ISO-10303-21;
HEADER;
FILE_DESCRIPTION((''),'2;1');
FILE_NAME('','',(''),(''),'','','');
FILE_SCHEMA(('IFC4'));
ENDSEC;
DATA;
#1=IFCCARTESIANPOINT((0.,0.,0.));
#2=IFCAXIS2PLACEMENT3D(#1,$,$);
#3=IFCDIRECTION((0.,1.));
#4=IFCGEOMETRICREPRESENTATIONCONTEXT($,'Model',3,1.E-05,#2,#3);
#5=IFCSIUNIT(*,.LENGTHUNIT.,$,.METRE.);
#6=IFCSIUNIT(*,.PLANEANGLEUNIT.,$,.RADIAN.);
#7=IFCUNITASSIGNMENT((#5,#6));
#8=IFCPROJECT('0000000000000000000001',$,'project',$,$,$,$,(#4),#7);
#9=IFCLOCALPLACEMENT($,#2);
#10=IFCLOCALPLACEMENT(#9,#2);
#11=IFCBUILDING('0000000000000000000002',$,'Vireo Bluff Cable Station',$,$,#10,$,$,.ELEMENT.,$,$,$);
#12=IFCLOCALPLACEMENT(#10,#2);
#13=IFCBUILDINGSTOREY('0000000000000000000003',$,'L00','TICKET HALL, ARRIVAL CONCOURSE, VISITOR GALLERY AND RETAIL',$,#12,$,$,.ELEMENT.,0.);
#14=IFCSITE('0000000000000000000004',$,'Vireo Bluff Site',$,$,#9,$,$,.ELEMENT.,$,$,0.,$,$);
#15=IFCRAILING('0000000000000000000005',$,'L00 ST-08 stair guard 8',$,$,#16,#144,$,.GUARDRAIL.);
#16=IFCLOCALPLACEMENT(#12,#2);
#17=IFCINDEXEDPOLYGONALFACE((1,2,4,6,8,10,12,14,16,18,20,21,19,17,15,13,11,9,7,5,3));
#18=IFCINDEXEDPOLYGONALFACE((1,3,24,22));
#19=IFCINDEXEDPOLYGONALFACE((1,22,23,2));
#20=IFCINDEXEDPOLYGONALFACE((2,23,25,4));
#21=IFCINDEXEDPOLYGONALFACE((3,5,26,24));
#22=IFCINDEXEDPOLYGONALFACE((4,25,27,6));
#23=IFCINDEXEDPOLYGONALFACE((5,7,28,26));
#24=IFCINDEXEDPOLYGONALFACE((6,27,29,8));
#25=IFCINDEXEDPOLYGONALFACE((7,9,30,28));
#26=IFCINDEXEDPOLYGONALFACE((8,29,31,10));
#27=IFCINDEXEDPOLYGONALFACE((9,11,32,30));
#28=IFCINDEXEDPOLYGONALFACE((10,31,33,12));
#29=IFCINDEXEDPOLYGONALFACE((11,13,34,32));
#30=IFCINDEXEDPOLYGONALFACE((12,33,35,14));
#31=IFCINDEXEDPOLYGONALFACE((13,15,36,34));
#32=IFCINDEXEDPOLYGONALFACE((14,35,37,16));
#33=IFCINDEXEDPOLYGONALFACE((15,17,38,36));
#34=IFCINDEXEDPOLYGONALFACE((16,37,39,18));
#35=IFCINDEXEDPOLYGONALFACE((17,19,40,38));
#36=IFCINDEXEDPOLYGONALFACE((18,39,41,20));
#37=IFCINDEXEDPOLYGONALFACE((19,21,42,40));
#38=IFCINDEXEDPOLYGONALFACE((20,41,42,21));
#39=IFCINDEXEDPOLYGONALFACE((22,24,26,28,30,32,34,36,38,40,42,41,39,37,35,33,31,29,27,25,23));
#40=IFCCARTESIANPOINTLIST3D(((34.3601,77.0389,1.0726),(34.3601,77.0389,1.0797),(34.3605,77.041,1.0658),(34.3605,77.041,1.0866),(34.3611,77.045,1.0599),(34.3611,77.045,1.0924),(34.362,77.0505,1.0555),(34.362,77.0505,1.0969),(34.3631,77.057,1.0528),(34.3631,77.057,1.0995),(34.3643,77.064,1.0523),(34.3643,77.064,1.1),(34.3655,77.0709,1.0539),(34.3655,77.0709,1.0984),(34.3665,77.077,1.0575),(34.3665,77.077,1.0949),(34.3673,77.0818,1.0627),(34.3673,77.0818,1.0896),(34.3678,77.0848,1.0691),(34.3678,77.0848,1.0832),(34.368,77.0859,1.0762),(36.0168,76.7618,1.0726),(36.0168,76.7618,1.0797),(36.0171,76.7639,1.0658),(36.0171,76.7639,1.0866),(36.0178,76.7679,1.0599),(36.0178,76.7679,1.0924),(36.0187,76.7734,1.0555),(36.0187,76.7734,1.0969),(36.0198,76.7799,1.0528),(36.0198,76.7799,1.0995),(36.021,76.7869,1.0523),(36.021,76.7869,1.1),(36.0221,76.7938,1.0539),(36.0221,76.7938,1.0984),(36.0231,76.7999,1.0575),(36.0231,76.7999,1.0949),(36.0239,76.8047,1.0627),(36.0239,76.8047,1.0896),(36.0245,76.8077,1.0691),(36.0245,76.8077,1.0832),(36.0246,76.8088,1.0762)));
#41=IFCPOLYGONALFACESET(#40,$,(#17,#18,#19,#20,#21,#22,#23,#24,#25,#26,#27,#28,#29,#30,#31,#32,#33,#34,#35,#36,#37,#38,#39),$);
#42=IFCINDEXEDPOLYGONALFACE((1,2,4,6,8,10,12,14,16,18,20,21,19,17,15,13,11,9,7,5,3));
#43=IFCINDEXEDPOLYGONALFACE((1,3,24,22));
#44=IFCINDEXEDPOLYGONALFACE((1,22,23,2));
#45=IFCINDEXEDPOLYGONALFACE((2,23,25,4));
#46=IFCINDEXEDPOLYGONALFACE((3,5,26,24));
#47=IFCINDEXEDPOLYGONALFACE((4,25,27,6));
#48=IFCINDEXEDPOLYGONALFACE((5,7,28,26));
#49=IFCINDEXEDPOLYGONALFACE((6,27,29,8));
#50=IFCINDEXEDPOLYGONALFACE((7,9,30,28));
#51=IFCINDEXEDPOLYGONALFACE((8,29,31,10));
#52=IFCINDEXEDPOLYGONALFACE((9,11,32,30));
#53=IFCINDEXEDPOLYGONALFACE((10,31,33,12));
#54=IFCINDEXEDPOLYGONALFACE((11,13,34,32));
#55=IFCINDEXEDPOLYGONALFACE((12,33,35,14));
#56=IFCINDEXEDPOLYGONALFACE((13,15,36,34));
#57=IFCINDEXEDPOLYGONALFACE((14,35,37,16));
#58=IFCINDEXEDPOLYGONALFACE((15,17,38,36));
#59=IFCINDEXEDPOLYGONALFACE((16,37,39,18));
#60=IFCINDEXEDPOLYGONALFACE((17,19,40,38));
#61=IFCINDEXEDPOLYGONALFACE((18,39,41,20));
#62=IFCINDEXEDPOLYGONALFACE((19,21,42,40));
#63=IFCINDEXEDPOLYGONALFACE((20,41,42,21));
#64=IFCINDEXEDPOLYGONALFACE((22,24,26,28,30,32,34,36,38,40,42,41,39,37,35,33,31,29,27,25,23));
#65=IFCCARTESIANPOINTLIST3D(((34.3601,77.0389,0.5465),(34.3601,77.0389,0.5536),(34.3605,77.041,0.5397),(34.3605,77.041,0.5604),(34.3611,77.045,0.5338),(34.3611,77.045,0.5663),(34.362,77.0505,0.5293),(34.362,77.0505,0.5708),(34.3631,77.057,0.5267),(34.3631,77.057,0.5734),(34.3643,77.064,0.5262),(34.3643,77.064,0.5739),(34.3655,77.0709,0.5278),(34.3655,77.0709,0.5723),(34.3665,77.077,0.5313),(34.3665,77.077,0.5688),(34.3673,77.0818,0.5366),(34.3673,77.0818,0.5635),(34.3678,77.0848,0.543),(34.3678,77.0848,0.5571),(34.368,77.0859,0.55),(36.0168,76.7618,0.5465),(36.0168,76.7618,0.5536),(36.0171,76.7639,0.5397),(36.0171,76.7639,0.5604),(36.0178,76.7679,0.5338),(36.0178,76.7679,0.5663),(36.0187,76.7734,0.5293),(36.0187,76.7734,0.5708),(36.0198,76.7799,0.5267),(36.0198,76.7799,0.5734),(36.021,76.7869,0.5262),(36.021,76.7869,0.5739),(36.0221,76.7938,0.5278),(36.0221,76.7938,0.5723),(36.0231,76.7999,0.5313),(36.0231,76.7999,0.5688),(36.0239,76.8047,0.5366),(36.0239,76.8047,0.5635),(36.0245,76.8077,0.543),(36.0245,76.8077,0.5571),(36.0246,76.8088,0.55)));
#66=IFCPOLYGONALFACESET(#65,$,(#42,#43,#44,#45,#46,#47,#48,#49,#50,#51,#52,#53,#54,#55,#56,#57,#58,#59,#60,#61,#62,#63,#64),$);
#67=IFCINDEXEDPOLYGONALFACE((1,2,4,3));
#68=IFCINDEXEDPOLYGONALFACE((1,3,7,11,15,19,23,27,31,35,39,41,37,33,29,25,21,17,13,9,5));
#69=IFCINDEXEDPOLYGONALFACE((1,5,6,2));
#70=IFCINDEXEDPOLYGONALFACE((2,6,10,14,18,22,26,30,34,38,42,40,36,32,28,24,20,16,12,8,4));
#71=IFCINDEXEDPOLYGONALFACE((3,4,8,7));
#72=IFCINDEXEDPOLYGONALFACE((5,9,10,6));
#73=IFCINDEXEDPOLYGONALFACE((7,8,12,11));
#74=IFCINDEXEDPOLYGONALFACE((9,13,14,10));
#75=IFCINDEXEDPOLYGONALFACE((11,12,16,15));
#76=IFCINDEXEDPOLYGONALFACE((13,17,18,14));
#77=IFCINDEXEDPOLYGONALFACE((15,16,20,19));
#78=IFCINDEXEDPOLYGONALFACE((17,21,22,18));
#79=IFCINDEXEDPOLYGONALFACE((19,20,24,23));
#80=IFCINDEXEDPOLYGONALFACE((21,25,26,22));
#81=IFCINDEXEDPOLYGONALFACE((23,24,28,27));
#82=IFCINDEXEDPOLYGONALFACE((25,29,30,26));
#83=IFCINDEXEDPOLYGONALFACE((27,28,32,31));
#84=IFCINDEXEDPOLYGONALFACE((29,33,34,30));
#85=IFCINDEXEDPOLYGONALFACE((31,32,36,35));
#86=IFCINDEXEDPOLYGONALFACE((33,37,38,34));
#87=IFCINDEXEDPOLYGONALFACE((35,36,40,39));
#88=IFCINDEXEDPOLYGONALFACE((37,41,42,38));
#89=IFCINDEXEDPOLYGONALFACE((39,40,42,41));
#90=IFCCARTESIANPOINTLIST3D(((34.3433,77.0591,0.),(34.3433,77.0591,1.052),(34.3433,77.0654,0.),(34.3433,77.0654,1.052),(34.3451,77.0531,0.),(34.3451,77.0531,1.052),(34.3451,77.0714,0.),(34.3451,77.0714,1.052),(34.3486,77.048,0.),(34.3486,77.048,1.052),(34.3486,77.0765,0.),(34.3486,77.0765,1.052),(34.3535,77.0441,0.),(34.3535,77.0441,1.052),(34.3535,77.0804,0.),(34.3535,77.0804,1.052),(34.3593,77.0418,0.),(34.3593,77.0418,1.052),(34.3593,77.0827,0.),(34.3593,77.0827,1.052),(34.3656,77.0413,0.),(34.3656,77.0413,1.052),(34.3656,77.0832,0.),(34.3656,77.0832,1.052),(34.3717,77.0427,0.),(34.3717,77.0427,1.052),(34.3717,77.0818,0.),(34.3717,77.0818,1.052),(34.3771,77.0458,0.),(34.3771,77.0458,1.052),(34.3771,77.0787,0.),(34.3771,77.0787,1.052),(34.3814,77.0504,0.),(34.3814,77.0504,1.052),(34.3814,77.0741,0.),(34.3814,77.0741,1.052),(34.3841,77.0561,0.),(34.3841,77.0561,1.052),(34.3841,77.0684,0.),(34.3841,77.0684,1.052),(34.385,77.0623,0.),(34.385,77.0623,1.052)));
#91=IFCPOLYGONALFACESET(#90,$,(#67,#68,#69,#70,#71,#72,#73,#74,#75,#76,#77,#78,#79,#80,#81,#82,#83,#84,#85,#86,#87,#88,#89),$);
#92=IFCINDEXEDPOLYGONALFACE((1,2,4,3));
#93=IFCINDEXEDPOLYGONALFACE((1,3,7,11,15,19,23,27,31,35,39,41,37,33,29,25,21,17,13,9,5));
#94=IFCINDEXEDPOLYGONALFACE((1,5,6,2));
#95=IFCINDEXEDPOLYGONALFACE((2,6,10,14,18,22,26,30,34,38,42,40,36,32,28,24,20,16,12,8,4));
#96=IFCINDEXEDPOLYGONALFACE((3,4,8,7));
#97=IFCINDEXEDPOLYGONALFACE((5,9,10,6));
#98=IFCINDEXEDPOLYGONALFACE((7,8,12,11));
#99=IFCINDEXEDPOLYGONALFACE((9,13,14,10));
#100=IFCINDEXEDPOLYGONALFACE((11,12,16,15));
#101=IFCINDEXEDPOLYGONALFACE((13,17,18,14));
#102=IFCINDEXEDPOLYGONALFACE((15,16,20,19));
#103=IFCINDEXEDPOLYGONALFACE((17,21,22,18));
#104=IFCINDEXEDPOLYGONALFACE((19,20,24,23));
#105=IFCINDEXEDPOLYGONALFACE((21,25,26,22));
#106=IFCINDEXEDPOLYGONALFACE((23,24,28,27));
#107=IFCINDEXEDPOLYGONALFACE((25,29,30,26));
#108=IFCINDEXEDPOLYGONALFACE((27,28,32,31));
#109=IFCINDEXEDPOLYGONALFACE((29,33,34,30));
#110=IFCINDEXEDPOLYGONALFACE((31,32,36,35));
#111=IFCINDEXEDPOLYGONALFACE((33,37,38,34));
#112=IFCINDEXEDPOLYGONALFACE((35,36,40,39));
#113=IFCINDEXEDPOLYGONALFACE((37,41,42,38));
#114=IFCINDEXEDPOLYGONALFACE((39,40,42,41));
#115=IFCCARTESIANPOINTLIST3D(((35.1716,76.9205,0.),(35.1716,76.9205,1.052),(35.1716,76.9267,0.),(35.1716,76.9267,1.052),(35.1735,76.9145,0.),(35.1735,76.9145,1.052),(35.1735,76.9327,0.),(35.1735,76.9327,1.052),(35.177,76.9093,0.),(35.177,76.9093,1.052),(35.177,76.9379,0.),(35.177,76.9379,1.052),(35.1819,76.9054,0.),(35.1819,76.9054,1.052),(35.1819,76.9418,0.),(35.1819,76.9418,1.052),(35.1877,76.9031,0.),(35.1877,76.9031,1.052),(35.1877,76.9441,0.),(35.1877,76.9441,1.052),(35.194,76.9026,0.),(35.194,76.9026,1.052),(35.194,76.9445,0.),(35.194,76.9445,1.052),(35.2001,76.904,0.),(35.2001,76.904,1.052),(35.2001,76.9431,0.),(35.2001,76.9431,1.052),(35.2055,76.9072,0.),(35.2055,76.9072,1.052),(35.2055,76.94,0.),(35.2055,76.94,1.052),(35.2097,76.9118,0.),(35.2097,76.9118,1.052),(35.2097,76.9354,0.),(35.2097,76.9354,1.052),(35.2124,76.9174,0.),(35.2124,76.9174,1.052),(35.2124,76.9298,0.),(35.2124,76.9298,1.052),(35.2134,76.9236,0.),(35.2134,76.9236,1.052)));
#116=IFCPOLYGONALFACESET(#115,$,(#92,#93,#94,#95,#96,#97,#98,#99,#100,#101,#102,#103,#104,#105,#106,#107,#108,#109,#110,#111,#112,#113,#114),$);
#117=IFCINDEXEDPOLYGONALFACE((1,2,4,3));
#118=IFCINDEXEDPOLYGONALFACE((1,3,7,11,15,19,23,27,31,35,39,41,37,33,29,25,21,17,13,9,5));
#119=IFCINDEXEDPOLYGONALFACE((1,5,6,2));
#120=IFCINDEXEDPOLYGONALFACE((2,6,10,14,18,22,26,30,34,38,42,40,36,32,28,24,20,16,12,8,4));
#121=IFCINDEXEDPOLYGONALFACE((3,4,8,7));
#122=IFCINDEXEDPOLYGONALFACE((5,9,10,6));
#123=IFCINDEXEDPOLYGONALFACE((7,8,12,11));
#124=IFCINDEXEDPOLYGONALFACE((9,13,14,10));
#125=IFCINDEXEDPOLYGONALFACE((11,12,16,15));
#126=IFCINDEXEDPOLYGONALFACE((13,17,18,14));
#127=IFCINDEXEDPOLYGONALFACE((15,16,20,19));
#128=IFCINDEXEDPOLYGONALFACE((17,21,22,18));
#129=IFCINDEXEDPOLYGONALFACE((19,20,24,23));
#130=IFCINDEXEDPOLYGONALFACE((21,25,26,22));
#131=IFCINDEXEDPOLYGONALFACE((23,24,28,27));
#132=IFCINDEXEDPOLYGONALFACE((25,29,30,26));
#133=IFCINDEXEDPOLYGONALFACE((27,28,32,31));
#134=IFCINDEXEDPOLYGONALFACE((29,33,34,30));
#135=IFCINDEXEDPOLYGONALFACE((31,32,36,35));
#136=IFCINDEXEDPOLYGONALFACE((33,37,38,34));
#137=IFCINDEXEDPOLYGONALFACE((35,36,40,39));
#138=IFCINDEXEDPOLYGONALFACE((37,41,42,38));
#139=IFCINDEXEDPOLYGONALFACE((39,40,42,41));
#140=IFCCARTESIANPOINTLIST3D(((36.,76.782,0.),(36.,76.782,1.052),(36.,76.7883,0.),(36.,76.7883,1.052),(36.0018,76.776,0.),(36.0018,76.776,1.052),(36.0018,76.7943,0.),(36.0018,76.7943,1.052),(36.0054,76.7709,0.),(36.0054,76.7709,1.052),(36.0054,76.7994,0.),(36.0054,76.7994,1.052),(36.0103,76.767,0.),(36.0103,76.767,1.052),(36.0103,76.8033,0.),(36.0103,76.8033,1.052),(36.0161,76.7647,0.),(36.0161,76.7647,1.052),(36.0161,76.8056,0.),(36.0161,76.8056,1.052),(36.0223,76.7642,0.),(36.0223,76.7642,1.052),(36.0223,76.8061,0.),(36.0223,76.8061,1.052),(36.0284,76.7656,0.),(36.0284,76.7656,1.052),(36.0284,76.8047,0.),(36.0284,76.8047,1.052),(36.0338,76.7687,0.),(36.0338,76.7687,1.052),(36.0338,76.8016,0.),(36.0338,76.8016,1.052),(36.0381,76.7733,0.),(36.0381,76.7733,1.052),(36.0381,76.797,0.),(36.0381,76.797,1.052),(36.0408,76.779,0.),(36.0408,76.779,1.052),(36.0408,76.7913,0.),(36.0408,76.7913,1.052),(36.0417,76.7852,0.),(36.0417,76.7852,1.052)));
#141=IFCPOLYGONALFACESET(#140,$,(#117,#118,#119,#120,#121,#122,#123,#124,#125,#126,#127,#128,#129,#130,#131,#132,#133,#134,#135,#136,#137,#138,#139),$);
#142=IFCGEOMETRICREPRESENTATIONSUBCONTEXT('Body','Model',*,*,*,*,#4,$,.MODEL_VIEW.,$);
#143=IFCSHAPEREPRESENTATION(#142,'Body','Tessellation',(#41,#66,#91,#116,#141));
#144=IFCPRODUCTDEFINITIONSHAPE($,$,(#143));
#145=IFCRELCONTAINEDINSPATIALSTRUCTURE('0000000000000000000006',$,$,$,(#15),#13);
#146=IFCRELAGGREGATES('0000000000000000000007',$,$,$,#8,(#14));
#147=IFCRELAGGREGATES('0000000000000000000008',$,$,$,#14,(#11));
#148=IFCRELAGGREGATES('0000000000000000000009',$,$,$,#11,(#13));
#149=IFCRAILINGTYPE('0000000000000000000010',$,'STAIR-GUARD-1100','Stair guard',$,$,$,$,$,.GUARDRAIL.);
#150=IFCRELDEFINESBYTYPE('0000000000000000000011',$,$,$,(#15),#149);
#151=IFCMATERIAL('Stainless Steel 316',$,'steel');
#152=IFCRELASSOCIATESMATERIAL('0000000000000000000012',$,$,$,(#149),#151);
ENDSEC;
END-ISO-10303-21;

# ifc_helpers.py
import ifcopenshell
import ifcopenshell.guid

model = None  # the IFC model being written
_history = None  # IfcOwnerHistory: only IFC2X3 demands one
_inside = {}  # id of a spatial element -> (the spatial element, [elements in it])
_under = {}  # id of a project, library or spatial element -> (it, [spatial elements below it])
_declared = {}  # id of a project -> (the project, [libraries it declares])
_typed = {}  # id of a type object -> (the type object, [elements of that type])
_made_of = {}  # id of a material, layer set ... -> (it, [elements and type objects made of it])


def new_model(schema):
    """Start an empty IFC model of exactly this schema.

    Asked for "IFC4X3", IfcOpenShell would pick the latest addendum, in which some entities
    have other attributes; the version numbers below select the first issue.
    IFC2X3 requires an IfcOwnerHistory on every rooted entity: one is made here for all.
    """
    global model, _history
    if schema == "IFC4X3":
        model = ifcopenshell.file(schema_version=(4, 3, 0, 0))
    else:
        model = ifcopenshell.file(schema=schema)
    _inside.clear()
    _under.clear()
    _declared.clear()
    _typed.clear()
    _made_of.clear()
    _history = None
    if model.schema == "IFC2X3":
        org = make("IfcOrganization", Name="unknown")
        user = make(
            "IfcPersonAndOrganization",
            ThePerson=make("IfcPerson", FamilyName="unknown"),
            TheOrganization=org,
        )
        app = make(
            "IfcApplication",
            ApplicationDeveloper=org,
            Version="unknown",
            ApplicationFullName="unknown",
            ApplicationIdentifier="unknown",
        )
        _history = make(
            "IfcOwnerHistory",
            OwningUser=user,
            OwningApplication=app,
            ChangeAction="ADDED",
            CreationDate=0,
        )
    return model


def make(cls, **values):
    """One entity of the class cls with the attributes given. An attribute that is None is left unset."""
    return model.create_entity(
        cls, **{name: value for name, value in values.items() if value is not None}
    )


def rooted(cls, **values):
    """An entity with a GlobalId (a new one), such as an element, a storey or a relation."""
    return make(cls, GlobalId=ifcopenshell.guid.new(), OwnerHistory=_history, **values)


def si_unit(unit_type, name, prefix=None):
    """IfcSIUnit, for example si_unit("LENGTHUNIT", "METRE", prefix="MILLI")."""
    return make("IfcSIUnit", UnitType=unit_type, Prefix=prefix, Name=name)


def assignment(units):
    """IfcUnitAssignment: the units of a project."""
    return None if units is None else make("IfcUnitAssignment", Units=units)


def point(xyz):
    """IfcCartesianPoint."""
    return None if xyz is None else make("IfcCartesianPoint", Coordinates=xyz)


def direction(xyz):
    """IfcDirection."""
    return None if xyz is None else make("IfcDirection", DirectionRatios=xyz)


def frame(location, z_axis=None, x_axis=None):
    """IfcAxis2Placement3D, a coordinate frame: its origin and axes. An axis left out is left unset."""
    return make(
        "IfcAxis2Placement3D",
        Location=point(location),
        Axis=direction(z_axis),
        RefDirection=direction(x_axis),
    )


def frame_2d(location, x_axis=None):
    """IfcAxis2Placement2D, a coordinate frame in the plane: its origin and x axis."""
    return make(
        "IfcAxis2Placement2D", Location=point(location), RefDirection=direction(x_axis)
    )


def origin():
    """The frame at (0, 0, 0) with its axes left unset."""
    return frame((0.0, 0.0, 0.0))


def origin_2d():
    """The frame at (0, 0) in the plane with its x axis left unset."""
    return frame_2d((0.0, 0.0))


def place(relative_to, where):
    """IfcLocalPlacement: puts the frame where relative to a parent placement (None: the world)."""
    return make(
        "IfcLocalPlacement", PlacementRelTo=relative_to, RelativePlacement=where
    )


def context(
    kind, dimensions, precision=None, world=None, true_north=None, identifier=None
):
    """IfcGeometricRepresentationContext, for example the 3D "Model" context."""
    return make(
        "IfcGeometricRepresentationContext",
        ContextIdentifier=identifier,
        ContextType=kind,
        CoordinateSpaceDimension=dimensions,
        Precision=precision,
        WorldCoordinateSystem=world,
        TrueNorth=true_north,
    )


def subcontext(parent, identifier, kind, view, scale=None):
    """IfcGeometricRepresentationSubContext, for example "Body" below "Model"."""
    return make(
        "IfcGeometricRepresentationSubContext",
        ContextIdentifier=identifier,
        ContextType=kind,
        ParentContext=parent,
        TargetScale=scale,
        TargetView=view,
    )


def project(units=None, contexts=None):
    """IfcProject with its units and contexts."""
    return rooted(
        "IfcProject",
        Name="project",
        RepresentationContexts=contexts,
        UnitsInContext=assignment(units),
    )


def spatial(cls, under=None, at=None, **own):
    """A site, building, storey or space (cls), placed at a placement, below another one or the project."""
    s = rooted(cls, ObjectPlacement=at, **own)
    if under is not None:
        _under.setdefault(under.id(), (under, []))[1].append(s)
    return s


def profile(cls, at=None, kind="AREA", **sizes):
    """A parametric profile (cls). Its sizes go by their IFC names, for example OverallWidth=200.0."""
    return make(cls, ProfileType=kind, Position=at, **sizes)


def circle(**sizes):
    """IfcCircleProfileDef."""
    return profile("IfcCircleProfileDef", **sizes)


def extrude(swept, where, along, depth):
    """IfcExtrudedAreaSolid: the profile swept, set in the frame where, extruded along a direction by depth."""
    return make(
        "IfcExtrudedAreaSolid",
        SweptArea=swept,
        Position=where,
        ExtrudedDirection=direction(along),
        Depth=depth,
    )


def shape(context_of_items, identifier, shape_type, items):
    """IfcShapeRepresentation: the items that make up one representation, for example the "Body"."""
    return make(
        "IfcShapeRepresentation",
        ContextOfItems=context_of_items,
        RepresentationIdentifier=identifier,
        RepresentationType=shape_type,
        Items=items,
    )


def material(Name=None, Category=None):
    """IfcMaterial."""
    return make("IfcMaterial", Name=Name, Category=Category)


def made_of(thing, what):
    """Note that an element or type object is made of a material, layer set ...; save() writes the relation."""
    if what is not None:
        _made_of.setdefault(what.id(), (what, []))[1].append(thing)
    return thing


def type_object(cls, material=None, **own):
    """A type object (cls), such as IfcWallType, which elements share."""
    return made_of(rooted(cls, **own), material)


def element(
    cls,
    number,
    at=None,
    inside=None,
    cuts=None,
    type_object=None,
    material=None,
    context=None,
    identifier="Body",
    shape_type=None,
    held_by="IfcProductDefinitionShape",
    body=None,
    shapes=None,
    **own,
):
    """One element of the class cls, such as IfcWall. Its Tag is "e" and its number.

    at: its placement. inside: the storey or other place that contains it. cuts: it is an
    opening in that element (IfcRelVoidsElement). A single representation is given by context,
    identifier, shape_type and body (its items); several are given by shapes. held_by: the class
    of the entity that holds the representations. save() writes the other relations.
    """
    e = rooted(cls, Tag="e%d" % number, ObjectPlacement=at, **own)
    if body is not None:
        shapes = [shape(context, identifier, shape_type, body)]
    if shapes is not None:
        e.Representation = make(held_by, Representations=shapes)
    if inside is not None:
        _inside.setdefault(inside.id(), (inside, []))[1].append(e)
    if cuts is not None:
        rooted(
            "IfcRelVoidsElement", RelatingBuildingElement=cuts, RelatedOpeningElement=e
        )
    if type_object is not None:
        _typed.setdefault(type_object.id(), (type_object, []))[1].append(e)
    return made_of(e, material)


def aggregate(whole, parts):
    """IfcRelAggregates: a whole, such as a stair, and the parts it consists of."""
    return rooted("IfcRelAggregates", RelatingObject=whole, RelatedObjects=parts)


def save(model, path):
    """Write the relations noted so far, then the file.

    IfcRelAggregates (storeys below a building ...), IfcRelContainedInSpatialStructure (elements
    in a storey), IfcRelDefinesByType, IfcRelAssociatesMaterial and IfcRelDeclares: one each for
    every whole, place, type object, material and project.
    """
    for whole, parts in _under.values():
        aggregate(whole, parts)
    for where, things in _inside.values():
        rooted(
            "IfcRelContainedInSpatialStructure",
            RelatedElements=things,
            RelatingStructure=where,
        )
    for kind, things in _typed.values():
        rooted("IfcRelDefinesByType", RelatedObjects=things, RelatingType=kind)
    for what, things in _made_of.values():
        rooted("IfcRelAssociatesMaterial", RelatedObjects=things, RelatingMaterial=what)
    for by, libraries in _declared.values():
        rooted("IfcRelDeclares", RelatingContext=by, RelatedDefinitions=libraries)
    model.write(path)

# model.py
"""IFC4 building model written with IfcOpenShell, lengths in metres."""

from ifc_helpers import new_model, si_unit, direction, frame, origin, origin_2d, place, context, subcontext, project, spatial, circle, extrude, material, type_object, element, save


model = new_model("IFC4")

# Units and contexts
model_context = context("Model", 3, precision=1e-05, world=origin(), true_north=direction((0.0, 1.0)))
body_context = subcontext(model_context, "Body", "Model", "MODEL_VIEW")
ifc_project = project(units=[si_unit("LENGTHUNIT", "METRE"), si_unit("PLANEANGLEUNIT", "RADIAN")], contexts=[model_context])

# Site, building, storey
site_placement = place(None, origin())
site = spatial("IfcSite", under=ifc_project, at=site_placement, Name="Vireo Bluff Site", CompositionType="ELEMENT", RefElevation=0.0)
building_placement = place(site_placement, origin())
building = spatial("IfcBuilding", under=site, at=building_placement, Name="Vireo Bluff Cable Station", CompositionType="ELEMENT")
storey_placement = place(building_placement, origin())
storey = spatial("IfcBuildingStorey", under=building, at=storey_placement, Name="L00", Description="TICKET HALL, ARRIVAL CONCOURSE, VISITOR GALLERY AND RETAIL", CompositionType="ELEMENT", Elevation=0.0)

# Railing
ifc_material_1 = material(Name="Stainless Steel 316", Category="steel")
railing_type = type_object("IfcRailingType", Name="STAIR-GUARD-1100", Description="Stair guard", PredefinedType="GUARDRAIL", material=ifc_material_1)
railing_1_placement = place(storey_placement, frame((34.364, 77.0623, 0.0)))
element("IfcRailing", 1, at=railing_1_placement, inside=storey, type_object=railing_type, Name="L00 ST-08 stair guard 8", PredefinedType="GUARDRAIL", context=body_context, shape_type="SweptSolid", body=[
    extrude(circle(Radius=0.0239, at=origin_2d()), frame((0.0, 0.0, 1.0762), z_axis=(0.986299, -0.164965, 0.0), x_axis=(0.164965, 0.986299, 0.0)), (0.0, 0.0, 1.0), 1.6797),
    extrude(circle(Radius=0.0239, at=origin_2d()), frame((0.0, 0.0, 0.55), z_axis=(0.986299, -0.164965, 0.0), x_axis=(0.164965, 0.986299, 0.0)), (0.0, 0.0, 1.0), 1.6797),
    extrude(circle(Radius=0.021, at=origin_2d()), origin(), (0.0, 0.0, 1.0), 1.052),
    extrude(circle(Radius=0.021, at=origin_2d()), frame((0.8284, -0.1387, 0.0)), (0.0, 0.0, 1.0), 1.052),
    extrude(circle(Radius=0.021, at=origin_2d()), frame((1.6567, -0.2771, 0.0)), (0.0, 0.0, 1.0), 1.052),
])

save(model, "model.ifc")
